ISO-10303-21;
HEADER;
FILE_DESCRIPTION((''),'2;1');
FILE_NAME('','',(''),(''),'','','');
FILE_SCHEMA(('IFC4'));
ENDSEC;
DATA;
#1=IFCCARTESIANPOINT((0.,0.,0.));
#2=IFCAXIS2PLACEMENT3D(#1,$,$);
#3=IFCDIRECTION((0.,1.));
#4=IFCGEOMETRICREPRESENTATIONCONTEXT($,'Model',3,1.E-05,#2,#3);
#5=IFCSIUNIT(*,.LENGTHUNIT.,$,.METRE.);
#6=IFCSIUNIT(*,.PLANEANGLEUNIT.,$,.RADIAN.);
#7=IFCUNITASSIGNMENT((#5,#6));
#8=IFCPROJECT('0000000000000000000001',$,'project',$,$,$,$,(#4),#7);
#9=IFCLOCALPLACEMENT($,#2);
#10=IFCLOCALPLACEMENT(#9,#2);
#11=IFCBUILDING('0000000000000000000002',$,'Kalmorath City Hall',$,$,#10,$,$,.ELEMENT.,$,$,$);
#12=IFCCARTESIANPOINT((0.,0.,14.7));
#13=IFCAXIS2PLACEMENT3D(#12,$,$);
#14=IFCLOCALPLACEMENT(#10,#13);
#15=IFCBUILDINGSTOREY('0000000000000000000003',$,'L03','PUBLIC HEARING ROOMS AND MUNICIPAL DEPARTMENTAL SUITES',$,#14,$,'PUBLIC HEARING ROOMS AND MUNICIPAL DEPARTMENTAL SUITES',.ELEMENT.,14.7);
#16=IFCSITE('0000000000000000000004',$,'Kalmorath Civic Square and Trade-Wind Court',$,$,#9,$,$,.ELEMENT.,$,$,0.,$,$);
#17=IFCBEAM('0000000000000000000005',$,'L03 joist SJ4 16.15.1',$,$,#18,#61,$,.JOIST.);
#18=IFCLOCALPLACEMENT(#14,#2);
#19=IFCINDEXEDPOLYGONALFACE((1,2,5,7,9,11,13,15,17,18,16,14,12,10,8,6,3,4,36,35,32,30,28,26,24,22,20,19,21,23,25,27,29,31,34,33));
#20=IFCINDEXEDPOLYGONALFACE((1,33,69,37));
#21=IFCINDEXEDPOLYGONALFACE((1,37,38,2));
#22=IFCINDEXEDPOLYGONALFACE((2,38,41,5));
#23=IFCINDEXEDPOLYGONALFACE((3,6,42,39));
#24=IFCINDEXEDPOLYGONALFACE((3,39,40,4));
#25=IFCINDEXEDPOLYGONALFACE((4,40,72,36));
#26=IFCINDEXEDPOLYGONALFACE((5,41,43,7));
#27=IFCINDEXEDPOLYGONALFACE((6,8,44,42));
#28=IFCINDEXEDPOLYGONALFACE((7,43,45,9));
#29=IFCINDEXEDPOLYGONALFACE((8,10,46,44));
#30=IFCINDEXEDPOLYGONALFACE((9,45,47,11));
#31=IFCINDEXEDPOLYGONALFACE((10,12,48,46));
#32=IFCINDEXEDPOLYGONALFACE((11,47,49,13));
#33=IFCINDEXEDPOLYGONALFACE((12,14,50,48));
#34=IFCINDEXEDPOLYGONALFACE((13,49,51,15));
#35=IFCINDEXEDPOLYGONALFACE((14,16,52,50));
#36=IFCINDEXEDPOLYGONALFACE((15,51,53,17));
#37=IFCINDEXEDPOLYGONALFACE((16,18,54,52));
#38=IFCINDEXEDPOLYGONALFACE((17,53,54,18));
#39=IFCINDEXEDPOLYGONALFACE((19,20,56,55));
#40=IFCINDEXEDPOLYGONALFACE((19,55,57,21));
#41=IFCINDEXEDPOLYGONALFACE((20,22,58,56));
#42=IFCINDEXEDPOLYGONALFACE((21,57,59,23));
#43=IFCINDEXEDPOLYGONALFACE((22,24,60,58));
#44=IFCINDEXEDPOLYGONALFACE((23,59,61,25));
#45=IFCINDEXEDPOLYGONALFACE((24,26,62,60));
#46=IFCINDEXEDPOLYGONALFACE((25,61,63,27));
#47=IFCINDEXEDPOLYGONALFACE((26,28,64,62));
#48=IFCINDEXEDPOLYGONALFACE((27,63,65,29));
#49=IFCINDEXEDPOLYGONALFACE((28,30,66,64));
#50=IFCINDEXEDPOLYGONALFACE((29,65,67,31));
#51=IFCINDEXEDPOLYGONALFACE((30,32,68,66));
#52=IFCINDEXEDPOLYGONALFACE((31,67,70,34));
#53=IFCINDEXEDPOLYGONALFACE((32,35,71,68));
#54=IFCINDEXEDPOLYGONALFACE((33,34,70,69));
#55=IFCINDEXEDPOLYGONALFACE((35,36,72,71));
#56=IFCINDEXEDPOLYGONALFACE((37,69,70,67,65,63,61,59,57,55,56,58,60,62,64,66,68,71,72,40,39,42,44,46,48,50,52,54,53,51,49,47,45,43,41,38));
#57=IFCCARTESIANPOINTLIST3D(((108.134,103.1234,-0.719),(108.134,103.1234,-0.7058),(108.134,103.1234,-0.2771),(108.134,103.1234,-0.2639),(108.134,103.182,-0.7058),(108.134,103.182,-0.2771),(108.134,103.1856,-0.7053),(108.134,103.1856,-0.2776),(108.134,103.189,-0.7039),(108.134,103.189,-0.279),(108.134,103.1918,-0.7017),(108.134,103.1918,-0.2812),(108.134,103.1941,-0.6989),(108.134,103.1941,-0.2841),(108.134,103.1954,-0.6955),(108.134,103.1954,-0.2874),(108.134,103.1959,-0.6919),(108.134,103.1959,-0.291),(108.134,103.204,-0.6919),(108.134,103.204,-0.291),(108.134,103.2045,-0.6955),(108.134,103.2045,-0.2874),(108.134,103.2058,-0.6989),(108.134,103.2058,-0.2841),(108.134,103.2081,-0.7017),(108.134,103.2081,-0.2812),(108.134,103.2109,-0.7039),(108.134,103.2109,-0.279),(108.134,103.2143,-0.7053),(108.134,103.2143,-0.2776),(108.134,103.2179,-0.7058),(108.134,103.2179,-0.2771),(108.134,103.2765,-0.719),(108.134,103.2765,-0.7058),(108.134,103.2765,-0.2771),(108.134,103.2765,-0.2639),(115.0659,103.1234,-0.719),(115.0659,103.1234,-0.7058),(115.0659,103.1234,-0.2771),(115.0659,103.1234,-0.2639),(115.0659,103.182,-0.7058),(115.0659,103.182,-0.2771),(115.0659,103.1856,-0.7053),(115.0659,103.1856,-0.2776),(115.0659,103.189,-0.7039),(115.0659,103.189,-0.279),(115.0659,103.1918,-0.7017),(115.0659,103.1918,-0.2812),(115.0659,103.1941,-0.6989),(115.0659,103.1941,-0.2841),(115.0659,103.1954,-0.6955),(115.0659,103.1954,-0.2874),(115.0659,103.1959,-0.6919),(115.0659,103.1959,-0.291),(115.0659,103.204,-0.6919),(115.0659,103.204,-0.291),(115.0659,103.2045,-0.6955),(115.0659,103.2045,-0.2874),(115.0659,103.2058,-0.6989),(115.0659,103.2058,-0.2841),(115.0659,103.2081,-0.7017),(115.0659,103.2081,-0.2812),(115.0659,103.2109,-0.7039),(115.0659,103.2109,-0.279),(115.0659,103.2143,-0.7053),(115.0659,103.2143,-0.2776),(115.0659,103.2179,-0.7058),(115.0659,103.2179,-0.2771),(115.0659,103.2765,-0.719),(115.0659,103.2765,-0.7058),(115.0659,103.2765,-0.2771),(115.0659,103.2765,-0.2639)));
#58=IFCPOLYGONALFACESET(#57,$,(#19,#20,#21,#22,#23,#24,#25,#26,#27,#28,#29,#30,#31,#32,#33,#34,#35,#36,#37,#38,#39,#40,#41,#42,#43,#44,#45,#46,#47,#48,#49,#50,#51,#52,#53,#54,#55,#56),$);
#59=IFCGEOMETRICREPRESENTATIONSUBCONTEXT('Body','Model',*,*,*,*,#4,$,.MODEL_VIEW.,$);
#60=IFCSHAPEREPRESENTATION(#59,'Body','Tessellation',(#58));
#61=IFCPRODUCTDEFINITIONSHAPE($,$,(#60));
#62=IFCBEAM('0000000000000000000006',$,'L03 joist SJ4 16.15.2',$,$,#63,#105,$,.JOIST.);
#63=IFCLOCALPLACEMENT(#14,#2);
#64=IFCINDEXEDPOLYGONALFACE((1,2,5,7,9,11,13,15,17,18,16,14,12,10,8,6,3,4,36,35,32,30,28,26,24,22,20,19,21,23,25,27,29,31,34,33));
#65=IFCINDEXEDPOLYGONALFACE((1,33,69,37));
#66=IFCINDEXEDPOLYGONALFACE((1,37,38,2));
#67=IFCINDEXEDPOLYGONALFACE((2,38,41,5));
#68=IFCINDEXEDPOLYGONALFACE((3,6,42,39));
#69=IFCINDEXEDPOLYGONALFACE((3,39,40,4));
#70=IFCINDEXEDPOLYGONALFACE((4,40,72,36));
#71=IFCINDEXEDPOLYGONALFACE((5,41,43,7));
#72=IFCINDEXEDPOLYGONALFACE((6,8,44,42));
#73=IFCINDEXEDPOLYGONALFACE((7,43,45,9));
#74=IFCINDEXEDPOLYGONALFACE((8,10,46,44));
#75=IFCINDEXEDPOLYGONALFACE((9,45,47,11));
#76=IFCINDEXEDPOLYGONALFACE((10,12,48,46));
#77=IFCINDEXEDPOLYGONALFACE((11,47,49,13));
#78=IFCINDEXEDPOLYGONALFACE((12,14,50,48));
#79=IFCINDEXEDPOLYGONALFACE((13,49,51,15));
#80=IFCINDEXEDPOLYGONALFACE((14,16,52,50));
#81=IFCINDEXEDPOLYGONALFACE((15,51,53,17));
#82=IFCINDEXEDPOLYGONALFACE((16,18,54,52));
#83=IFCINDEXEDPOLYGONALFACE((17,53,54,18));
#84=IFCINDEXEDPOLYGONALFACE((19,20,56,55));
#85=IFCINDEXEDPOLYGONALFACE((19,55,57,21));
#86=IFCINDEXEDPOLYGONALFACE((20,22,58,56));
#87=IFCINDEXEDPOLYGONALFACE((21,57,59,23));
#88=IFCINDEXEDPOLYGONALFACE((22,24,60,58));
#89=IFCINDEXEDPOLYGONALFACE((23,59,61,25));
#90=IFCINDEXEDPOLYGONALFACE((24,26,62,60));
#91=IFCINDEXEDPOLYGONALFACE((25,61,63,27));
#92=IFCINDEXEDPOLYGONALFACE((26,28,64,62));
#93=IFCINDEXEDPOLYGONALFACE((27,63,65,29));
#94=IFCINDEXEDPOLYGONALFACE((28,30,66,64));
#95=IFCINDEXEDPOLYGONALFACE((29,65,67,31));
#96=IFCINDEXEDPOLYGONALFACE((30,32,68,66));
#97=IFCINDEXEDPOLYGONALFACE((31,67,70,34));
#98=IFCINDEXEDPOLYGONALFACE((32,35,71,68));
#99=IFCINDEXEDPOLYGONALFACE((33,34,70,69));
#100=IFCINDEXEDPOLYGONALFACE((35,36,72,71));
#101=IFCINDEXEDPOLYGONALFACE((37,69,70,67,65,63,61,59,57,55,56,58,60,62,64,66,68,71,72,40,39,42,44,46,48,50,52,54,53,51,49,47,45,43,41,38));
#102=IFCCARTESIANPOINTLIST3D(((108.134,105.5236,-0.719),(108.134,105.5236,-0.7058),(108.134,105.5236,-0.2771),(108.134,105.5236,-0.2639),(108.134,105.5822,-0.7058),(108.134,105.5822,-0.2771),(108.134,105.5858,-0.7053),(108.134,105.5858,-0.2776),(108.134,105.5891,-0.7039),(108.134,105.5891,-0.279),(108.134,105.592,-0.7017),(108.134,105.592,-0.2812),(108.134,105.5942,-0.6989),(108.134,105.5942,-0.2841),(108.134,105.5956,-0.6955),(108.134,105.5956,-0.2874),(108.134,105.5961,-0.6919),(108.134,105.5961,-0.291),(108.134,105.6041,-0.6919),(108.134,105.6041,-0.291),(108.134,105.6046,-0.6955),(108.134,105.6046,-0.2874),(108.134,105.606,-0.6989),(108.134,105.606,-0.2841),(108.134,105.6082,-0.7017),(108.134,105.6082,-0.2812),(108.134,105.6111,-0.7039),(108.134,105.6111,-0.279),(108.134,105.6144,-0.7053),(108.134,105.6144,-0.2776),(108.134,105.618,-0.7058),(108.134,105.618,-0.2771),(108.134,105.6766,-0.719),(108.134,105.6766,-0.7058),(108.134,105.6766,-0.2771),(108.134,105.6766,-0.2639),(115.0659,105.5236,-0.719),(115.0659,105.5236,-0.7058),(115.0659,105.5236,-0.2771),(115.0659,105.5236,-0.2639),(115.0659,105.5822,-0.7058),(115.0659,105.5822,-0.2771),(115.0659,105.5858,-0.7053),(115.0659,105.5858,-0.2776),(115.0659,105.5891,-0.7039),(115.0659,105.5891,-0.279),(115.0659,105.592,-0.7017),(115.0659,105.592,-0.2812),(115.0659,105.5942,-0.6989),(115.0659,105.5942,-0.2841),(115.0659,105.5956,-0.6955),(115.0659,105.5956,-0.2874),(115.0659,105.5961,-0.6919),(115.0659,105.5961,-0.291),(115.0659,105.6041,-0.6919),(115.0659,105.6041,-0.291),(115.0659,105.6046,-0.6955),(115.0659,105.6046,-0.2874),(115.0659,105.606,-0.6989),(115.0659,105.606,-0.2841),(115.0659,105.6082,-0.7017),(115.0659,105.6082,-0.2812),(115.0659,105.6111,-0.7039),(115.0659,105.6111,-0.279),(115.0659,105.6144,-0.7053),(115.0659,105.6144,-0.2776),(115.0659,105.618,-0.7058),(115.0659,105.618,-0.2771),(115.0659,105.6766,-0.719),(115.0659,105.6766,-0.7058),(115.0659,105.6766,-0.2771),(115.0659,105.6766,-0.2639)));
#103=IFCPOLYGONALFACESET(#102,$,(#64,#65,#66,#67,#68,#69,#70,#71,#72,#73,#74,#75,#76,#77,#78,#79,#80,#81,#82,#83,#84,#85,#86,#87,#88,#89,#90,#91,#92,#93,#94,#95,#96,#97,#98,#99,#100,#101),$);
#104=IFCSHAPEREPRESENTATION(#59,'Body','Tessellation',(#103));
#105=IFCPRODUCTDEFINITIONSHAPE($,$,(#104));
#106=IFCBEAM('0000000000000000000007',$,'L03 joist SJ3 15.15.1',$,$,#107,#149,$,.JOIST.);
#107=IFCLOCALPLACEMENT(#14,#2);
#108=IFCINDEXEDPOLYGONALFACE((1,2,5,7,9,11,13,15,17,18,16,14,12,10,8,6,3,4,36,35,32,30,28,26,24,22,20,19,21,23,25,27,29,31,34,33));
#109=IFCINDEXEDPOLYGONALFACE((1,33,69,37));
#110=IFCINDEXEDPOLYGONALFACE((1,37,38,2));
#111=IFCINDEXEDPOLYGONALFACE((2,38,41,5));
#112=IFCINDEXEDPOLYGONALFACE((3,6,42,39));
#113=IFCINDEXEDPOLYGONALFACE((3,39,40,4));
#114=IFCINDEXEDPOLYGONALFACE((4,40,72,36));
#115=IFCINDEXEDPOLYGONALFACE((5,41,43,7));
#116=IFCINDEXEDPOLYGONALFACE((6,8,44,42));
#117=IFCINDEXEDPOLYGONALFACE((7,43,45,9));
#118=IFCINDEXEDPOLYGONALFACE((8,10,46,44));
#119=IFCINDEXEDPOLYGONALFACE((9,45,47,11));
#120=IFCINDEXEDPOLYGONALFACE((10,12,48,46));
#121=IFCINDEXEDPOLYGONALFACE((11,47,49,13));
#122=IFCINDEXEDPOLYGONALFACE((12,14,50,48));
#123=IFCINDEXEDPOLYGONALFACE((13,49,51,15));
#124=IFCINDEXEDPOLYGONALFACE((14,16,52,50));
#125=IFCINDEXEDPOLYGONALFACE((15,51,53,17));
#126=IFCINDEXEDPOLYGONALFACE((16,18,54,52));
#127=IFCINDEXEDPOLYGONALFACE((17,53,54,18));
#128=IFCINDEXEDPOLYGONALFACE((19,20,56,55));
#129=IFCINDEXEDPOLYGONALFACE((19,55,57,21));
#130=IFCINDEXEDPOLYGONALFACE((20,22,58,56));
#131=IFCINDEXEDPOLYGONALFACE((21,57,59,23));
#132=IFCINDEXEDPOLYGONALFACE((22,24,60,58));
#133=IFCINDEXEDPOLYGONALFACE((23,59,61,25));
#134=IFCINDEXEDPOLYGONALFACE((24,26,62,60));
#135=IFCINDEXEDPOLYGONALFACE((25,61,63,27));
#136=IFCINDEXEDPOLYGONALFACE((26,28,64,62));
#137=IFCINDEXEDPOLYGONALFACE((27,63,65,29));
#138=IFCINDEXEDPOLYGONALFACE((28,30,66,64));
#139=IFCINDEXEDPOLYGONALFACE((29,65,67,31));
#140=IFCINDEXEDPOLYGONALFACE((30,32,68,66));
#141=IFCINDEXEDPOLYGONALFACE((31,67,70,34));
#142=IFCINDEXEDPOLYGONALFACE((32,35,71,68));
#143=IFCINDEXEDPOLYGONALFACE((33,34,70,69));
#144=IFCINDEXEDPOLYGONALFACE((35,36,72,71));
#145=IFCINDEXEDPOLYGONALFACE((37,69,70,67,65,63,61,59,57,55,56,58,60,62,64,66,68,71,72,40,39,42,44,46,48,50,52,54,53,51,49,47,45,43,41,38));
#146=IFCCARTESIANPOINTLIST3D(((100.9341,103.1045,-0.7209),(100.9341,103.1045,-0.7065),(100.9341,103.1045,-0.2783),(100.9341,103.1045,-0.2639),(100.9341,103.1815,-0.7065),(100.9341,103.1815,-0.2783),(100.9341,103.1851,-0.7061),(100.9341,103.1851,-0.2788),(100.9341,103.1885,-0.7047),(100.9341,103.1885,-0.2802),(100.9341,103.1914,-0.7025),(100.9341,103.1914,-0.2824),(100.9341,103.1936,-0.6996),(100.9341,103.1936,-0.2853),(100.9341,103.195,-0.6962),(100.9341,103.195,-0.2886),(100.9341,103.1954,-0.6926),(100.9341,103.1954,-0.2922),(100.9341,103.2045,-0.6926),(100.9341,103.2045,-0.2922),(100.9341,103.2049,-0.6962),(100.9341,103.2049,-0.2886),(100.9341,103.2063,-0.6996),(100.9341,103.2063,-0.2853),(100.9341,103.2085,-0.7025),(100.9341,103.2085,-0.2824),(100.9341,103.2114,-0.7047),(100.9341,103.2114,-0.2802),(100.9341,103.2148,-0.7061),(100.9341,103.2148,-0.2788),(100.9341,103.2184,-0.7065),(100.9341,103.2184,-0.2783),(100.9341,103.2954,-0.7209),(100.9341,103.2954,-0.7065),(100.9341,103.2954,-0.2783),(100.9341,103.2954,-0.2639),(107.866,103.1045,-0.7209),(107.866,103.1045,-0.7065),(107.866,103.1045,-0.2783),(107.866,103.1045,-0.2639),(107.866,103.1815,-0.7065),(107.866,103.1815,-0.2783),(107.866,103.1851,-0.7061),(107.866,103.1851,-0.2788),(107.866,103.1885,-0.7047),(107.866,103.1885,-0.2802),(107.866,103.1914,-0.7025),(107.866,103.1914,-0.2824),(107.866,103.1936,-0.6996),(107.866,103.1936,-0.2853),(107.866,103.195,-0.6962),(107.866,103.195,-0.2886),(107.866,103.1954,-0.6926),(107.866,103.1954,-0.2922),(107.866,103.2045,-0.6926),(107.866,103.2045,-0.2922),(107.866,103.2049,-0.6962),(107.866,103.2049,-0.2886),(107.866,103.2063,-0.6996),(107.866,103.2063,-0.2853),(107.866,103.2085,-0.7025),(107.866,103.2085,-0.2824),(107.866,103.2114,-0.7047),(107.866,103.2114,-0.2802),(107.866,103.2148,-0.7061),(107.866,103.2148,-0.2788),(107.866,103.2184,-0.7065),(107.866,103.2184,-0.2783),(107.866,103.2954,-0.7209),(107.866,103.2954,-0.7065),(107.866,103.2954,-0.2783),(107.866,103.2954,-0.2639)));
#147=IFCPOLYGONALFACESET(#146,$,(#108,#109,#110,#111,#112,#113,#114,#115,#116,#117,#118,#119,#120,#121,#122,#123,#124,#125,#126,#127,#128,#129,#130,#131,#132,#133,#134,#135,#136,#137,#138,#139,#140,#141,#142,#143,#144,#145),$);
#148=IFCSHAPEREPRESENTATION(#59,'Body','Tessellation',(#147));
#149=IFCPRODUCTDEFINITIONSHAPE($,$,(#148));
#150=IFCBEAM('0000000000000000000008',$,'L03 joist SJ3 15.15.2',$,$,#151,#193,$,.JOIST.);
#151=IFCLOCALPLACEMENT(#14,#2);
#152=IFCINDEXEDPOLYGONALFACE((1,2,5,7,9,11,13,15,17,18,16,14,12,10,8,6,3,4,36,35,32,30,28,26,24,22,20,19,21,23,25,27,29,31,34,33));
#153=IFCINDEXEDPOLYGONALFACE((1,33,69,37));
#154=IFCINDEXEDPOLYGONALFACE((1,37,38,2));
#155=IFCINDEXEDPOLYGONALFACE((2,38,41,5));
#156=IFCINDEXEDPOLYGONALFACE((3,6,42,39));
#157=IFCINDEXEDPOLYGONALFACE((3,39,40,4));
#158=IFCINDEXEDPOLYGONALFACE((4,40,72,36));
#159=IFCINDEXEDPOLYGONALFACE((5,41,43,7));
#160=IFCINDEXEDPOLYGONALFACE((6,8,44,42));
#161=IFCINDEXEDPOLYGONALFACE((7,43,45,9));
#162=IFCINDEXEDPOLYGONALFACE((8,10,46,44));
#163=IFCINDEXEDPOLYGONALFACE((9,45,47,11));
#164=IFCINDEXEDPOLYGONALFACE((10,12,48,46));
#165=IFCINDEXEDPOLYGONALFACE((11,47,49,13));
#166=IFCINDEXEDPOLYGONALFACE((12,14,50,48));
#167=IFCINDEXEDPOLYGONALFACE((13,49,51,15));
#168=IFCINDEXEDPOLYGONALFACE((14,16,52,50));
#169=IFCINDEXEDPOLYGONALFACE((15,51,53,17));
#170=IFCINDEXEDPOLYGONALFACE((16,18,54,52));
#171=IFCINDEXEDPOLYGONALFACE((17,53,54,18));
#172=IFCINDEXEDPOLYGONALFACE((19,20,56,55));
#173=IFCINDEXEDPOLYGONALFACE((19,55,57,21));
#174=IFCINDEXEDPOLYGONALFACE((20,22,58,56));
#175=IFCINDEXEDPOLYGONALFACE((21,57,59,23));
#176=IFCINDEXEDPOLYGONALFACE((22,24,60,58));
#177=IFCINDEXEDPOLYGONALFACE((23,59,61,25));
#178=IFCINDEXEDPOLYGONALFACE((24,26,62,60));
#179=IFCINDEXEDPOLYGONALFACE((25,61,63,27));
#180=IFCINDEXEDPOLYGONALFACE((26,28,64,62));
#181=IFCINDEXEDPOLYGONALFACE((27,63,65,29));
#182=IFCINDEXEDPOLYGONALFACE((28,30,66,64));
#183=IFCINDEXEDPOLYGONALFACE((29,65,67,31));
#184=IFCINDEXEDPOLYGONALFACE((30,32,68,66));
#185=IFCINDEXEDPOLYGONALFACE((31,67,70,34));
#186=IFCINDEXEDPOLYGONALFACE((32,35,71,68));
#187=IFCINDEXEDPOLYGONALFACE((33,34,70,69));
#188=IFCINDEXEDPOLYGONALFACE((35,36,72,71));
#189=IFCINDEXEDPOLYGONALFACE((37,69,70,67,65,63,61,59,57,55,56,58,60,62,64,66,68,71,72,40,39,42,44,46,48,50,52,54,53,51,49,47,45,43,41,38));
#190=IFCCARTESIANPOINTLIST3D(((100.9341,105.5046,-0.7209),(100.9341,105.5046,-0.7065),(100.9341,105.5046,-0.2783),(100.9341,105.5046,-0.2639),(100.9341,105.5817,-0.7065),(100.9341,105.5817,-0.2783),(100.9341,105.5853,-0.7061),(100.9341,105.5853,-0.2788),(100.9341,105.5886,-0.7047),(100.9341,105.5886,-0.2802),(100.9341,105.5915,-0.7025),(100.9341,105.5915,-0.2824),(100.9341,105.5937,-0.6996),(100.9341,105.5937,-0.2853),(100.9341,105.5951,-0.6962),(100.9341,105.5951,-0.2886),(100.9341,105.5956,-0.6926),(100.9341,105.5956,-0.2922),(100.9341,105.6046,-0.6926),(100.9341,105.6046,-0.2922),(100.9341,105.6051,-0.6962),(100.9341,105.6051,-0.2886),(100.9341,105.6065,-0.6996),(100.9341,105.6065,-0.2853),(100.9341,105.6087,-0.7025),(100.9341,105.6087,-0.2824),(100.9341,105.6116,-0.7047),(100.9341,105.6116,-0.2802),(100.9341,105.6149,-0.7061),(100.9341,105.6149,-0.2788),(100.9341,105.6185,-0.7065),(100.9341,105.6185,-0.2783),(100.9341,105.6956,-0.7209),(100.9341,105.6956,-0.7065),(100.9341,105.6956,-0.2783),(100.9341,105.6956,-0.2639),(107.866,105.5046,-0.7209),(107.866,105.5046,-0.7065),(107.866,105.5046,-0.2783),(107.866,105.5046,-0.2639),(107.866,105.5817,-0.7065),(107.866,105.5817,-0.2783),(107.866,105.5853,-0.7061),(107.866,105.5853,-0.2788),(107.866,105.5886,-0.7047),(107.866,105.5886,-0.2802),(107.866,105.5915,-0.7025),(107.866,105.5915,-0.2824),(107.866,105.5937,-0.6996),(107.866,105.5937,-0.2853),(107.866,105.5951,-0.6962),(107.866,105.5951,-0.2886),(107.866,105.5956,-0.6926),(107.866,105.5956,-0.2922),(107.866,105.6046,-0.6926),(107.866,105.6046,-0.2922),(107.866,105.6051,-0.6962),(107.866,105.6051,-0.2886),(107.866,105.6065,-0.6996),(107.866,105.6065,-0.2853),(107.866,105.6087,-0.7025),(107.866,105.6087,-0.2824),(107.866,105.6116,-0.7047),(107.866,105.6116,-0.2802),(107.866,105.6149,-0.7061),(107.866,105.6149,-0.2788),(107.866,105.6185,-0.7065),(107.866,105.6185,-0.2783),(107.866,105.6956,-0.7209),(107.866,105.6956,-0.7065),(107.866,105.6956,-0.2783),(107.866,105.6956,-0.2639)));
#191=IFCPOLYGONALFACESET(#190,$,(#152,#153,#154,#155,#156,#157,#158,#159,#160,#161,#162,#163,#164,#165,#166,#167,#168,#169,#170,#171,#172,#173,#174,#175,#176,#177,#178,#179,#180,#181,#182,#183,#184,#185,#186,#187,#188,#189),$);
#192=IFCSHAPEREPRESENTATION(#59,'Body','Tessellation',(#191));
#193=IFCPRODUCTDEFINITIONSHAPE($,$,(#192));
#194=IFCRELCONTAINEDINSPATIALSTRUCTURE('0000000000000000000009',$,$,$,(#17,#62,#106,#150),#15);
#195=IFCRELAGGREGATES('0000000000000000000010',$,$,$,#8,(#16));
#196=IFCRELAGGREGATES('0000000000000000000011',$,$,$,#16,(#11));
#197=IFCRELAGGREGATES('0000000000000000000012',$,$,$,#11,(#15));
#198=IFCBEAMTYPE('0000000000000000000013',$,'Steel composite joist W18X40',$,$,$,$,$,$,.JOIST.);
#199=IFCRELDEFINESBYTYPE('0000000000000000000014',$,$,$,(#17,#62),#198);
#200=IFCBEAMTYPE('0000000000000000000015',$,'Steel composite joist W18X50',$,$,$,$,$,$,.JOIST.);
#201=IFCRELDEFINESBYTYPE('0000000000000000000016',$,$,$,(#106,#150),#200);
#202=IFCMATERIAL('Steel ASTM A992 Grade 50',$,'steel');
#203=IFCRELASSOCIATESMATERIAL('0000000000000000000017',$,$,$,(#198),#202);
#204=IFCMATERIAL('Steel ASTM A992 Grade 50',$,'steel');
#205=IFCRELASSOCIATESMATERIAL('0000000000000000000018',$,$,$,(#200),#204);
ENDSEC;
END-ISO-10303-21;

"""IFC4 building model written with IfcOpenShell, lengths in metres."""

from ifc_helpers import new_model, si_unit, direction, frame, origin, origin_2d, place, context, subcontext, project, spatial, i_section, extrude, material, material_profile, profile_set, type_object, element, save


model = new_model("IFC4")

# Units and contexts
model_context = context("Model", 3, precision=1e-05, world=origin(), true_north=direction((0.0, 1.0)))
body_context = subcontext(model_context, "Body", "Model", "MODEL_VIEW")
ifc_project = project(units=[si_unit("LENGTHUNIT", "METRE"), si_unit("PLANEANGLEUNIT", "RADIAN")], contexts=[model_context])

# Site, building, storey
site_placement = place(None, origin())
site = spatial("IfcSite", under=ifc_project, at=site_placement, Name="Kalmorath Civic Square and Trade-Wind Court", CompositionType="ELEMENT", RefElevation=0.0)
building_placement = place(site_placement, origin())
building = spatial("IfcBuilding", under=site, at=building_placement, Name="Kalmorath City Hall", CompositionType="ELEMENT")
storey_placement = place(building_placement, frame((0.0, 0.0, 14.7)))
storey = spatial("IfcBuildingStorey", under=building, at=storey_placement, Name="L03", Description="PUBLIC HEARING ROOMS AND MUNICIPAL DEPARTMENTAL SUITES", LongName="PUBLIC HEARING ROOMS AND MUNICIPAL DEPARTMENTAL SUITES", CompositionType="ELEMENT", Elevation=14.7)

# Beams
ifc_material_1 = material(Name="Steel ASTM A992 Grade 50", Category="steel")
ifc_material_profile_1 = material_profile(ifc_material_1, i_section(OverallWidth=0.1531, OverallDepth=0.4551, WebThickness=0.0081, FlangeThickness=0.0132, FilletRadius=0.0139, at=origin_2d()), Name="W18X40")
ifc_profile_set_1 = profile_set([ifc_material_profile_1], Name="Steel ASTM A992 Grade 50")
beam_type_1 = type_object("IfcBeamType", Name="Steel composite joist W18X40", PredefinedType="JOIST", material=ifc_profile_set_1)
for number, where, z_axis, x_axis, name in (
    (1, (108.134, 103.2, -0.4915), (1.0, 0.0, 0.0), (0.0, 1.0, 0.0), "L03 joist SJ4 16.15.1"),
    (2, (108.134, 105.6001, -0.4915), (1.0, 0.0, 0.0), (0.0, 1.0, 0.0), "L03 joist SJ4 16.15.2"),
):
    element("IfcBeam", number, at=place(storey_placement, frame(where, z_axis=z_axis, x_axis=x_axis)), inside=storey, type_object=beam_type_1, Name=name, PredefinedType="JOIST", context=body_context, shape_type="SweptSolid", body=[
        extrude(i_section(OverallWidth=0.1531, OverallDepth=0.4551, WebThickness=0.0081, FlangeThickness=0.0132, FilletRadius=0.0139, at=origin_2d()), origin(), (0.0, 0.0, 1.0), 6.9319),
    ])
ifc_material_2 = material(Name="Steel ASTM A992 Grade 50", Category="steel")
ifc_material_profile_2 = material_profile(ifc_material_2, i_section(OverallWidth=0.1909, OverallDepth=0.457, WebThickness=0.009, FlangeThickness=0.0144, FilletRadius=0.0139, at=origin_2d()), Name="W18X50")
ifc_profile_set_2 = profile_set([ifc_material_profile_2], Name="Steel ASTM A992 Grade 50")
beam_type_2 = type_object("IfcBeamType", Name="Steel composite joist W18X50", PredefinedType="JOIST", material=ifc_profile_set_2)
for number, where, z_axis, x_axis, name in (
    (3, (100.9341, 103.2, -0.4924), (1.0, 0.0, 0.0), (0.0, 1.0, 0.0), "L03 joist SJ3 15.15.1"),
    (4, (100.9341, 105.6001, -0.4924), (1.0, 0.0, 0.0), (0.0, 1.0, 0.0), "L03 joist SJ3 15.15.2"),
):
    element("IfcBeam", number, at=place(storey_placement, frame(where, z_axis=z_axis, x_axis=x_axis)), inside=storey, type_object=beam_type_2, Name=name, PredefinedType="JOIST", context=body_context, shape_type="SweptSolid", body=[
        extrude(i_section(OverallWidth=0.1909, OverallDepth=0.457, WebThickness=0.009, FlangeThickness=0.0144, FilletRadius=0.0139, at=origin_2d()), origin(), (0.0, 0.0, 1.0), 6.9319),
    ])

save(model, "model.ifc")
